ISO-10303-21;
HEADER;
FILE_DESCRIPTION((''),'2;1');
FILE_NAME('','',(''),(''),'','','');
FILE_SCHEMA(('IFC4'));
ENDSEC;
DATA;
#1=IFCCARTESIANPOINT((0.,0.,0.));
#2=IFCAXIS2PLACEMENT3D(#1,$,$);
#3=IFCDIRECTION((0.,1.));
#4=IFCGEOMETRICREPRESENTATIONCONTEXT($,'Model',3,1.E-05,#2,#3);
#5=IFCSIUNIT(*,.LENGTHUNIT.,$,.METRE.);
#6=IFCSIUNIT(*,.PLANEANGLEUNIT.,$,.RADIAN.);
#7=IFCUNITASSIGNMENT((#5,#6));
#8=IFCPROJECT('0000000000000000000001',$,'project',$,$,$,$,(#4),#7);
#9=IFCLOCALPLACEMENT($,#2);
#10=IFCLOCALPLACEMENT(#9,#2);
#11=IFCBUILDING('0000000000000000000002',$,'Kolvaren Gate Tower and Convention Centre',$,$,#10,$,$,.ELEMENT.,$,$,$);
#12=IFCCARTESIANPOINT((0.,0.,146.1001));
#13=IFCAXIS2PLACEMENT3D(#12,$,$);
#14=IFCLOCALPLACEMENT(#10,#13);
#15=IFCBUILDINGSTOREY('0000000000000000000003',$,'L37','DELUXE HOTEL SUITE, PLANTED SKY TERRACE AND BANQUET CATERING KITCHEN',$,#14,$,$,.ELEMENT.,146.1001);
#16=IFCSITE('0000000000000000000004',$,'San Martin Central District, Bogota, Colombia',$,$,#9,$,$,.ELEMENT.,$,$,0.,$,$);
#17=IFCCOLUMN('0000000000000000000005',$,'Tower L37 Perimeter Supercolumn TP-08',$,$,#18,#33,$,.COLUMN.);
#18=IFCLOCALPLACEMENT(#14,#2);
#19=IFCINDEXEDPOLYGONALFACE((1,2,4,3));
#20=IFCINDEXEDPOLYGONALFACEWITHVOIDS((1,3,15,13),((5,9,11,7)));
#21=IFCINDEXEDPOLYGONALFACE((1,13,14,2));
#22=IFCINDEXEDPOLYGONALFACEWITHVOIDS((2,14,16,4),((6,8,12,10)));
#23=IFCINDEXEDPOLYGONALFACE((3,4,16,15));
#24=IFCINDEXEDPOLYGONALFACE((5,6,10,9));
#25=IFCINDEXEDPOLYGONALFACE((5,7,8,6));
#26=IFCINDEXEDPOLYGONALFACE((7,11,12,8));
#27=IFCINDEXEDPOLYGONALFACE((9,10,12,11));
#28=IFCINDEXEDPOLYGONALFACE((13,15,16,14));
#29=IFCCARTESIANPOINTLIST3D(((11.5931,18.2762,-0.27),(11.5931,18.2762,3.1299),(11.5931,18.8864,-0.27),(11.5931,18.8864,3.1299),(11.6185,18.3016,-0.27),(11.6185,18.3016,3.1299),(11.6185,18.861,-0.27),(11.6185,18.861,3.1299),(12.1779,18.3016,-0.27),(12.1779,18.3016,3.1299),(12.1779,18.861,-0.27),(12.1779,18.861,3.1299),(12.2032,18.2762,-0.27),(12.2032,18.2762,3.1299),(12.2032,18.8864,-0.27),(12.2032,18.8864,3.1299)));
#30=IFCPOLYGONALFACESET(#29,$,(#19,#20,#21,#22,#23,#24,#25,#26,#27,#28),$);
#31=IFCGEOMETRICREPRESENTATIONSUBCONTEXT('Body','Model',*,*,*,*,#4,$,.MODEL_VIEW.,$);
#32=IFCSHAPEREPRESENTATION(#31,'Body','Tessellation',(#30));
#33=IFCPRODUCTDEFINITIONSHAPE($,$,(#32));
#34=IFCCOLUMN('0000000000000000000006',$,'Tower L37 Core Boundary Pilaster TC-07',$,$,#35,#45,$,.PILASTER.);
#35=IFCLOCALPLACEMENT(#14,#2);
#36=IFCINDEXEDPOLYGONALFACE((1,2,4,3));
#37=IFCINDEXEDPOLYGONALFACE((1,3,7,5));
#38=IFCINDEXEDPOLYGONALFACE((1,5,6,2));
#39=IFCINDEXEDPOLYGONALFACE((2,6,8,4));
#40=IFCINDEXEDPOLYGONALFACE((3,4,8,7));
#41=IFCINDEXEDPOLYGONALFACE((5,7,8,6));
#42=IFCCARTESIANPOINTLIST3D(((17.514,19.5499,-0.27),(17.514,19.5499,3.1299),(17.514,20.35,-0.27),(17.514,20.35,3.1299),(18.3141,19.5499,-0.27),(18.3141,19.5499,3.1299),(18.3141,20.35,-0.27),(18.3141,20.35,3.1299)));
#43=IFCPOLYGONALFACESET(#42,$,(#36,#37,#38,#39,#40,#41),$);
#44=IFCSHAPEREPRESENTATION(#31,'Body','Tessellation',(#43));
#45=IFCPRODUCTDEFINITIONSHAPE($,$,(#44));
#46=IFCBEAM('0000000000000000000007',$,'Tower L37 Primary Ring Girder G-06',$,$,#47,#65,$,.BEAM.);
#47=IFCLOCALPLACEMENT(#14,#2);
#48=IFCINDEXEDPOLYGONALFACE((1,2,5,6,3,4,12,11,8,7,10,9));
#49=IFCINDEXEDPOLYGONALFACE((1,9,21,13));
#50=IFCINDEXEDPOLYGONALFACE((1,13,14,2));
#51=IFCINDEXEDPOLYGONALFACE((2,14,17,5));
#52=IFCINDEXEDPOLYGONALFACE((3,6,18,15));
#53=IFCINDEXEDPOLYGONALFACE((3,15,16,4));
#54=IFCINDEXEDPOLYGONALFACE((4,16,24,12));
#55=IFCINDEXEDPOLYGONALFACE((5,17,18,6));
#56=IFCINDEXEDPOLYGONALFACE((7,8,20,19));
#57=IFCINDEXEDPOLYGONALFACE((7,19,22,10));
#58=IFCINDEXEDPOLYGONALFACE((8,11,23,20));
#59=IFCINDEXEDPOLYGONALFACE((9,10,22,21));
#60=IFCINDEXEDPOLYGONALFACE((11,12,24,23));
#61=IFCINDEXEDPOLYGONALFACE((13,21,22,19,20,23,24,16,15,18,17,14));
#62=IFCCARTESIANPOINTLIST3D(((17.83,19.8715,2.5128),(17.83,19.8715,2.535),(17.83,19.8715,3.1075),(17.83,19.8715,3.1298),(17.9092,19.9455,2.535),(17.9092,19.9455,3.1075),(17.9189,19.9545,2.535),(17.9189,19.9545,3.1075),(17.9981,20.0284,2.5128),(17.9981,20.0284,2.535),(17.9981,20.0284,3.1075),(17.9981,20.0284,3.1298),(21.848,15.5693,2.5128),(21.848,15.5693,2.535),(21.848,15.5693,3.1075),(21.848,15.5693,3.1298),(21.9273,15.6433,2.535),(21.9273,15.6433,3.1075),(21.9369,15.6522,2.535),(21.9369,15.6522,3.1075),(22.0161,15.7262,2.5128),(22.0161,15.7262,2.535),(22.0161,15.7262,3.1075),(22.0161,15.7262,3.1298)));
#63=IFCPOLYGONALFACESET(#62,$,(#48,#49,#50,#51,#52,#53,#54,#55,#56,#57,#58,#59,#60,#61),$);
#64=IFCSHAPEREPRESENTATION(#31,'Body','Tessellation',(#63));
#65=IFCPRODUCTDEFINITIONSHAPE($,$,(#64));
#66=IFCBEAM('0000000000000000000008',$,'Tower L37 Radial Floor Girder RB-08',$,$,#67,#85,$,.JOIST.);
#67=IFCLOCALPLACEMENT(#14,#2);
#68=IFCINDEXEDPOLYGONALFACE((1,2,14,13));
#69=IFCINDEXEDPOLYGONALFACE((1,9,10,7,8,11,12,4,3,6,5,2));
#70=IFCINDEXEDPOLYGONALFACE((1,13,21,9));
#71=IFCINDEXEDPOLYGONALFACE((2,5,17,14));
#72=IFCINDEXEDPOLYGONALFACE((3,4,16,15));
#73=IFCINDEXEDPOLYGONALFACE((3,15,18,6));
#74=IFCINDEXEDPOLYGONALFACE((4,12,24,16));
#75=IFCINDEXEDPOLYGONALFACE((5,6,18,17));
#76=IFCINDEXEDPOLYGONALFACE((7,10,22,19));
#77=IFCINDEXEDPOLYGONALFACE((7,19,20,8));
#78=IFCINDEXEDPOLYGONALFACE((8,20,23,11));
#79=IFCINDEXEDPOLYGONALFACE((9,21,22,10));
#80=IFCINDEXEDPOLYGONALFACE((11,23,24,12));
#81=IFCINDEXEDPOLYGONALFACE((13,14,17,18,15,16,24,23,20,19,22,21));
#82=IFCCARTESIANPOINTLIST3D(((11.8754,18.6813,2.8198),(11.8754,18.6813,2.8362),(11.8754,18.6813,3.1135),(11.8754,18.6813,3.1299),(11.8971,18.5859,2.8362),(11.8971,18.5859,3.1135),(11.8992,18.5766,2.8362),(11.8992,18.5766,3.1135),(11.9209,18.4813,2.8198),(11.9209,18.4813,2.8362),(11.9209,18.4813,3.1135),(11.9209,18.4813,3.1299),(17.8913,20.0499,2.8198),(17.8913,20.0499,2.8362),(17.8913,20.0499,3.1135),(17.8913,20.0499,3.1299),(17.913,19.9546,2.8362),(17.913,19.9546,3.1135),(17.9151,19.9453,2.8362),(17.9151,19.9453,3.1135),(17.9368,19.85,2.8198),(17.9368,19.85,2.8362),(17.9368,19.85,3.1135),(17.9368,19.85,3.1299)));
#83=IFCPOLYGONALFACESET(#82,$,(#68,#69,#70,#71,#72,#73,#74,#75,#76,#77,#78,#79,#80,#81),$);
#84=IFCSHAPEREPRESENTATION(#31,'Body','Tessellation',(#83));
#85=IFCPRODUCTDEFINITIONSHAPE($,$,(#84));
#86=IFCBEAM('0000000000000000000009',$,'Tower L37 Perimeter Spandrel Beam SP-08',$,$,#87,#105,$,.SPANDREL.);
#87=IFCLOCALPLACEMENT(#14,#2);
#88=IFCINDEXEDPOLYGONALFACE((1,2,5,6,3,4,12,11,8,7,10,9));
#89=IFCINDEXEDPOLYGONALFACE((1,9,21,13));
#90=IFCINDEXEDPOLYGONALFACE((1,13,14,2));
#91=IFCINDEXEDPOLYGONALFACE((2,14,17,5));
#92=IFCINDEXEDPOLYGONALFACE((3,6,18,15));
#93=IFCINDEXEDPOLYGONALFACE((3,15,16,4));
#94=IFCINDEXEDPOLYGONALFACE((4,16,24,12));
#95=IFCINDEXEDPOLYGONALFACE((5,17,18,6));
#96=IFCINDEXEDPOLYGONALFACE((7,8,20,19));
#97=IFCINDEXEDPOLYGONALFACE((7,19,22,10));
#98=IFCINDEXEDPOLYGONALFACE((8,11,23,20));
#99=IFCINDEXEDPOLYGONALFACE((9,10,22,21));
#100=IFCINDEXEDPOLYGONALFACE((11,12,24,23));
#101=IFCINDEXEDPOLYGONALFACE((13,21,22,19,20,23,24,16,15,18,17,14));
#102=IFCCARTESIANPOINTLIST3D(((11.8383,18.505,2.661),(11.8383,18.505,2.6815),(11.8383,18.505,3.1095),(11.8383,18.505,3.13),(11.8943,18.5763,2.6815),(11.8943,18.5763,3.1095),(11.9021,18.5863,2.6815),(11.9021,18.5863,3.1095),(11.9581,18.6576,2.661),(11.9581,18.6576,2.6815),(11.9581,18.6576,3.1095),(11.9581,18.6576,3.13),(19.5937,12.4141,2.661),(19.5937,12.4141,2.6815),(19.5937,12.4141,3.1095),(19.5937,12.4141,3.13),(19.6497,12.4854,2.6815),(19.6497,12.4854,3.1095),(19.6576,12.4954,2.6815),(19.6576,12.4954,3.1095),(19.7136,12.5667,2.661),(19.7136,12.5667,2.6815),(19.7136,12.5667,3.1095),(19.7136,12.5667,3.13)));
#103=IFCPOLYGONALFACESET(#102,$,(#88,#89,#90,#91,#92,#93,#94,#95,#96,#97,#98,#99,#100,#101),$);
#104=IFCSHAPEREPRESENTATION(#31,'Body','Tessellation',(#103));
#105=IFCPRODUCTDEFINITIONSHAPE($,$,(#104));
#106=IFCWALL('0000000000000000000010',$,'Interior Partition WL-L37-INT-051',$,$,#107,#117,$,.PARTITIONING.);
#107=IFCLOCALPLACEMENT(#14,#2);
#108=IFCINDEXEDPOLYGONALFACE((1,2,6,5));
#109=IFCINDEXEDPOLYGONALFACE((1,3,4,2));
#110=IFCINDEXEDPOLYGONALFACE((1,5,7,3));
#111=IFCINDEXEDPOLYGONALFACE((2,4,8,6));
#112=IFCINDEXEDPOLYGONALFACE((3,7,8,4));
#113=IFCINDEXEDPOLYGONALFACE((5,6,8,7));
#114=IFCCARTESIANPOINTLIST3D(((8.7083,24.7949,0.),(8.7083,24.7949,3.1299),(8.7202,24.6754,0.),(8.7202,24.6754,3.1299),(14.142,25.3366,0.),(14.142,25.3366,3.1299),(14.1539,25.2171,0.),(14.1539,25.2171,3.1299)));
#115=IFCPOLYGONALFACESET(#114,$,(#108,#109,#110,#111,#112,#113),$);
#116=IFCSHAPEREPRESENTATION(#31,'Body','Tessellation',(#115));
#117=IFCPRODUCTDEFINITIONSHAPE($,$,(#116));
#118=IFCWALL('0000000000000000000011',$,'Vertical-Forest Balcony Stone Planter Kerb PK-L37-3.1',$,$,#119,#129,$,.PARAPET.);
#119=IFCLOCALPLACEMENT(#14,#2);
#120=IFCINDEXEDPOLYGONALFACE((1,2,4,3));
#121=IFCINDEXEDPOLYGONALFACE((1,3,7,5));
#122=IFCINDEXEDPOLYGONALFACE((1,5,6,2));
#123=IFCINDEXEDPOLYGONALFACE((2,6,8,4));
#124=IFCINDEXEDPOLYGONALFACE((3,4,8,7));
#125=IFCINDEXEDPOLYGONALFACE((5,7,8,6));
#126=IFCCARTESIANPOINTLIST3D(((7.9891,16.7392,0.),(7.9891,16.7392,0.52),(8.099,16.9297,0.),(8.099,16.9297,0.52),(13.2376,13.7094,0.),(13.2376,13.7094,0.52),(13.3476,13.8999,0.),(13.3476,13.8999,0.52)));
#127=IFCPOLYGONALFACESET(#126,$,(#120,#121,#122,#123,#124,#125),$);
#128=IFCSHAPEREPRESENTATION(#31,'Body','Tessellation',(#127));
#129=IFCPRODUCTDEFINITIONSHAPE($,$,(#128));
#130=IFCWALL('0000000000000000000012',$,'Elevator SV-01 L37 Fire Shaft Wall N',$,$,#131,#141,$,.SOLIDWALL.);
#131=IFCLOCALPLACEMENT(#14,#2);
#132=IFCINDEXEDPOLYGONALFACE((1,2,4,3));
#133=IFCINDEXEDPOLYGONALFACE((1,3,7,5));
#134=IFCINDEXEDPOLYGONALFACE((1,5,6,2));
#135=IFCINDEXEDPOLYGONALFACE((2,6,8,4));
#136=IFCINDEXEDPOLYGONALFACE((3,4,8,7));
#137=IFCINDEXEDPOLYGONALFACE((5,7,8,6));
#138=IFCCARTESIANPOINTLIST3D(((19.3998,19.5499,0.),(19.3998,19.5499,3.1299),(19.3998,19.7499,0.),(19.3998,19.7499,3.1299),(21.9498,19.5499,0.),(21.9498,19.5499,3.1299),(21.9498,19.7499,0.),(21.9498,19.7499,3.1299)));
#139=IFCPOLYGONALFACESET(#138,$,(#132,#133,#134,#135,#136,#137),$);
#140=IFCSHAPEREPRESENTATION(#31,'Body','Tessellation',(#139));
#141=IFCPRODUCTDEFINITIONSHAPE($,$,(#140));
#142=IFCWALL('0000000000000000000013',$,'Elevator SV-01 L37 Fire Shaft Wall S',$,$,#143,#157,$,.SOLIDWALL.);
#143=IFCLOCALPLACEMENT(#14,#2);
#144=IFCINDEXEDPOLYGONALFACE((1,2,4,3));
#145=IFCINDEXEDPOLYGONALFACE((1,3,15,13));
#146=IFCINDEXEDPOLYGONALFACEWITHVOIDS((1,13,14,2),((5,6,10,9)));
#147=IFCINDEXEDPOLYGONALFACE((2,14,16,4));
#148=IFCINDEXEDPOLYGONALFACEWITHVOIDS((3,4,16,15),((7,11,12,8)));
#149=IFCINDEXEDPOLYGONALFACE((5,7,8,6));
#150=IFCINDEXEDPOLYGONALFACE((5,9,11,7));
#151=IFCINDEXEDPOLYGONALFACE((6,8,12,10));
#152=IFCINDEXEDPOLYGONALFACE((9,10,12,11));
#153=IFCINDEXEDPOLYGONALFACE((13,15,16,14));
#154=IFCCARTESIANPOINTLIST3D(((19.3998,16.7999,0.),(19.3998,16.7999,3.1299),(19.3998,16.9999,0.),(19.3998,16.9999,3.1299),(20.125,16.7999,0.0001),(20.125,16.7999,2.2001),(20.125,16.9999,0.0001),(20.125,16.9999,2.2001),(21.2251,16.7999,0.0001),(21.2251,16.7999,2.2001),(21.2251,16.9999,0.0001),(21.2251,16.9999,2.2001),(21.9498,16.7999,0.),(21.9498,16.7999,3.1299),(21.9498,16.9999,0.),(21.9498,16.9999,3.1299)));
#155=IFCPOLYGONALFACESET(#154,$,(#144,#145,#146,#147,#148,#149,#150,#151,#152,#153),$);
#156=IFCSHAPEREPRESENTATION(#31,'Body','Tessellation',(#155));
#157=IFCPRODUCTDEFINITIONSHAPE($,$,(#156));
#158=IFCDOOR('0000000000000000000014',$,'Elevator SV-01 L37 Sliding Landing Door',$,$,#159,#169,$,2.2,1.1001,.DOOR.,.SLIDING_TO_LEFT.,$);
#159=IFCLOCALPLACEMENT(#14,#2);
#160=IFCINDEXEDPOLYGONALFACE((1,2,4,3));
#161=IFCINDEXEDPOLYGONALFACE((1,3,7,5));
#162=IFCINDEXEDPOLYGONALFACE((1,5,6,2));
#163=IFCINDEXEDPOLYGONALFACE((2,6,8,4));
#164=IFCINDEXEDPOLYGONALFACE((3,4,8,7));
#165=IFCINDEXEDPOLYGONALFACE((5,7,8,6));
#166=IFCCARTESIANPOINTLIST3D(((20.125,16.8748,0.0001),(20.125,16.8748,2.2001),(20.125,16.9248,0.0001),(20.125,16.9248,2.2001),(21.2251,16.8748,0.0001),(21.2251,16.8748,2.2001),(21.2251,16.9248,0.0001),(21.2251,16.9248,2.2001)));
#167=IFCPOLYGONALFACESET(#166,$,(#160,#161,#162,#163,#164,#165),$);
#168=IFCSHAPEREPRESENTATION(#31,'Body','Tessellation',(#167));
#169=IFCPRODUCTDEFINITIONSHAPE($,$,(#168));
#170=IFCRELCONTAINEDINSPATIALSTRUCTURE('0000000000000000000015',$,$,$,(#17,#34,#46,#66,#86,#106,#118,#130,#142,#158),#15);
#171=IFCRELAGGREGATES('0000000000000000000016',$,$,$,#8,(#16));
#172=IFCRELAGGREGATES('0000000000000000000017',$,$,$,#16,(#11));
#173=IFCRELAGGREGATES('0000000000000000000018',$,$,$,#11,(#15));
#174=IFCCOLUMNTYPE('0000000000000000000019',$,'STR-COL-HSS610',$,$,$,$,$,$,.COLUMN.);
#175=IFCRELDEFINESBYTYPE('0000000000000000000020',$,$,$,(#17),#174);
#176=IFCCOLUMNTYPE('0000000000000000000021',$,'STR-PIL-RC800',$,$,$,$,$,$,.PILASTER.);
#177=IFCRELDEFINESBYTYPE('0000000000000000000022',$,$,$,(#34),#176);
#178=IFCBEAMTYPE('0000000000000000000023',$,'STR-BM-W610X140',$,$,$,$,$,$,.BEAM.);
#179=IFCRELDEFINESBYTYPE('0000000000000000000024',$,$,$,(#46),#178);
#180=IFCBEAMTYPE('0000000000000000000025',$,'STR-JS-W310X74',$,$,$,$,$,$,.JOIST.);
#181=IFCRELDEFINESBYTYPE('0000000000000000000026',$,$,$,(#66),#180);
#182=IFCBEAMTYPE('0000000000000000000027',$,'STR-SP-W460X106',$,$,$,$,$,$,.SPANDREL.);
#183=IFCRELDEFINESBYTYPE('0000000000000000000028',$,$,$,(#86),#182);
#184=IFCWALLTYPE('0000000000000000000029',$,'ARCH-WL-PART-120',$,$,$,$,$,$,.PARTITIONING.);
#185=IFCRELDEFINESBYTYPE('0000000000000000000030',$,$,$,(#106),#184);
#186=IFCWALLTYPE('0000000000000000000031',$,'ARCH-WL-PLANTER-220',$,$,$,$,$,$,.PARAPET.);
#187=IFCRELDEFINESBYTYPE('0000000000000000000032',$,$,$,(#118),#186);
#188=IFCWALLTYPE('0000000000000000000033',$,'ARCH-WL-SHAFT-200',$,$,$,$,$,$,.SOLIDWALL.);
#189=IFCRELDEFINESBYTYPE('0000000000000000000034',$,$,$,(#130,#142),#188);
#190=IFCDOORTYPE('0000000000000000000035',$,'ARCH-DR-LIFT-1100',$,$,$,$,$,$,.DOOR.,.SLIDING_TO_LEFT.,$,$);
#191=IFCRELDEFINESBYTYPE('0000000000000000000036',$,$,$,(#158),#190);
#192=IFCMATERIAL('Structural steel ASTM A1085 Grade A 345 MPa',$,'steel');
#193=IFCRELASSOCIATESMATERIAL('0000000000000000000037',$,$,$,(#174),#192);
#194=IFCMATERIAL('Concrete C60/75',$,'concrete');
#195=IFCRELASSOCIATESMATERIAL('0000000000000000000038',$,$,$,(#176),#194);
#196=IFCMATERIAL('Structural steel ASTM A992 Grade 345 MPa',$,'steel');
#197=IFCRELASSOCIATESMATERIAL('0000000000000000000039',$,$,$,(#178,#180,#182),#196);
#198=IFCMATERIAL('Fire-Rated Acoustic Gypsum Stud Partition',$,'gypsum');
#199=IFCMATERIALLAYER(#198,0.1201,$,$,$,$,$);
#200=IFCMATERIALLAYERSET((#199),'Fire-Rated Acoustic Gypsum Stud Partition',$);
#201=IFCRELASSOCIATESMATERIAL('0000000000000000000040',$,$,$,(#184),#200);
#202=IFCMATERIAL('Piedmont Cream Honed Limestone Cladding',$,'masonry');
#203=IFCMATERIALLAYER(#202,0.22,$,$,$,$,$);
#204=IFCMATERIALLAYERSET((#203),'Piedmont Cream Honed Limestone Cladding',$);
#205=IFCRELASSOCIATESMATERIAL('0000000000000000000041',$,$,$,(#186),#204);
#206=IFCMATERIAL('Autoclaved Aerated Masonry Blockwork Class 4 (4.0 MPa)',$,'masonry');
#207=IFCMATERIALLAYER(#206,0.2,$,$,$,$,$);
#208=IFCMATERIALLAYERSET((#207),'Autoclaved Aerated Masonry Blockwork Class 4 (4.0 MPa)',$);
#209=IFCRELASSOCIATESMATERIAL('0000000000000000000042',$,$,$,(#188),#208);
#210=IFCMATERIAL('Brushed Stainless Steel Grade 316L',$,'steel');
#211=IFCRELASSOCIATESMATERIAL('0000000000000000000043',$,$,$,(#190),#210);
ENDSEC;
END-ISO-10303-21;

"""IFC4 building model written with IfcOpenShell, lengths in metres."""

from ifc_helpers import new_model, si_unit, direction, frame, frame_2d, origin, origin_2d, place, context, subcontext, project, spatial, rectangle, hollow_rectangle, i_section, extrude, material, layer, layer_set, material_profile, profile_set, type_object, element, fill, save


model = new_model("IFC4")

# Units and contexts
model_context = context("Model", 3, precision=1e-05, world=origin(), true_north=direction((0.0, 1.0)))
body_context = subcontext(model_context, "Body", "Model", "MODEL_VIEW")
ifc_project = project(units=[si_unit("LENGTHUNIT", "METRE"), si_unit("PLANEANGLEUNIT", "RADIAN")], contexts=[model_context])

# Site, building, storey
site_placement = place(None, origin())
site = spatial("IfcSite", under=ifc_project, at=site_placement, Name="San Martin Central District, Bogota, Colombia", CompositionType="ELEMENT", RefElevation=0.0)
building_placement = place(site_placement, origin())
building = spatial("IfcBuilding", under=site, at=building_placement, Name="Kolvaren Gate Tower and Convention Centre", CompositionType="ELEMENT")
storey_placement = place(building_placement, frame((0.0, 0.0, 146.1001)))
storey = spatial("IfcBuildingStorey", under=building, at=storey_placement, Name="L37", Description="DELUXE HOTEL SUITE, PLANTED SKY TERRACE AND BANQUET CATERING KITCHEN", CompositionType="ELEMENT", Elevation=146.1001)

# Columns
ifc_material_1 = material(Name="Structural steel ASTM A1085 Grade A 345 MPa", Category="steel")
ifc_material_profile_1 = material_profile(ifc_material_1, hollow_rectangle(XDim=0.6101, YDim=0.6101, WallThickness=0.0254, at=origin_2d()), Name="HSS610X610X25.4")
ifc_profile_set_1 = profile_set([ifc_material_profile_1], Name="Structural steel ASTM A1085 Grade A 345 MPa")
column_type_1 = type_object("IfcColumnType", Name="STR-COL-HSS610", PredefinedType="COLUMN", material=ifc_profile_set_1)
column_1_placement = place(storey_placement, frame((11.8982, 18.5813, -0.27), z_axis=(0.0, 0.0, 1.0), x_axis=(1.0, 0.0, 0.0)))
element("IfcColumn", 1, at=column_1_placement, inside=storey, type_object=column_type_1, Name="Tower L37 Perimeter Supercolumn TP-08", PredefinedType="COLUMN", context=body_context, shape_type="SweptSolid", body=[
    extrude(hollow_rectangle(XDim=0.6101, YDim=0.6101, WallThickness=0.0254, at=origin_2d()), origin(), (0.0, 0.0, 1.0), 3.3999),
])
ifc_material_2 = material(Name="Concrete C60/75", Category="concrete")
ifc_material_profile_2 = material_profile(ifc_material_2, rectangle(XDim=0.8, YDim=0.8, at=origin_2d()), Name="RC-COL-800X800")
ifc_profile_set_2 = profile_set([ifc_material_profile_2], Name="Concrete C60/75")
column_type_2 = type_object("IfcColumnType", Name="STR-PIL-RC800", PredefinedType="PILASTER", material=ifc_profile_set_2)
column_2_placement = place(storey_placement, frame((17.9141, 19.95, -0.27), z_axis=(0.0, 0.0, 1.0), x_axis=(1.0, 0.0, 0.0)))
element("IfcColumn", 2, at=column_2_placement, inside=storey, type_object=column_type_2, Name="Tower L37 Core Boundary Pilaster TC-07", PredefinedType="PILASTER", context=body_context, shape_type="SweptSolid", body=[
    extrude(rectangle(XDim=0.8, YDim=0.8, at=origin_2d()), origin(), (0.0, 0.0, 1.0), 3.3999),
])

# Beams
ifc_material_3 = material(Name="Structural steel ASTM A992 Grade 345 MPa", Category="steel")
ifc_material_profile_3 = material_profile(ifc_material_3, i_section(OverallWidth=0.23, OverallDepth=0.6169, WebThickness=0.0132, FlangeThickness=0.0222, at=origin_2d()), Name="W610X140")
ifc_profile_set_3 = profile_set([ifc_material_profile_3], Name="Structural steel ASTM A992 Grade 345 MPa")
beam_type_1 = type_object("IfcBeamType", Name="STR-BM-W610X140", PredefinedType="BEAM", material=ifc_profile_set_3)
beam_1_placement = place(storey_placement, frame((17.9141, 19.95, 2.8213), z_axis=(0.682558, -0.730832, 0.0), x_axis=(0.730832, 0.682558, 0.0)))
element("IfcBeam", 3, at=beam_1_placement, inside=storey, type_object=beam_type_1, Name="Tower L37 Primary Ring Girder G-06", PredefinedType="BEAM", context=body_context, shape_type="SweptSolid", body=[
    extrude(i_section(OverallWidth=0.23, OverallDepth=0.6169, WebThickness=0.0132, FlangeThickness=0.0222, at=origin_2d()), origin(), (0.0, 0.0, 1.0), 5.8867),
])
ifc_material_profile_4 = material_profile(ifc_material_3, i_section(OverallWidth=0.2051, OverallDepth=0.3101, WebThickness=0.0095, FlangeThickness=0.0164, at=origin_2d()), Name="W310X74")
ifc_profile_set_4 = profile_set([ifc_material_profile_4], Name="Structural steel ASTM A992 Grade 345 MPa")
beam_type_2 = type_object("IfcBeamType", Name="STR-JS-W310X74", PredefinedType="JOIST", material=ifc_profile_set_4)
beam_2_placement = place(storey_placement, frame((17.9141, 19.95, 2.9749), z_axis=(-0.975083, -0.221838, 0.0), x_axis=(0.221838, -0.975083, 0.0)))
element("IfcBeam", 4, at=beam_2_placement, inside=storey, type_object=beam_type_2, Name="Tower L37 Radial Floor Girder RB-08", PredefinedType="JOIST", context=body_context, shape_type="SweptSolid", body=[
    extrude(i_section(OverallWidth=0.2051, OverallDepth=0.3101, WebThickness=0.0095, FlangeThickness=0.0164, at=origin_2d()), origin(), (0.0, 0.0, 1.0), 6.1697),
])
ifc_material_profile_5 = material_profile(ifc_material_3, i_section(OverallWidth=0.1941, OverallDepth=0.469, WebThickness=0.0127, FlangeThickness=0.0205, at=origin_2d()), Name="W460X106")
ifc_profile_set_5 = profile_set([ifc_material_profile_5], Name="Structural steel ASTM A992 Grade 345 MPa")
beam_type_3 = type_object("IfcBeamType", Name="STR-SP-W460X106", PredefinedType="SPANDREL", material=ifc_profile_set_5)
beam_3_placement = place(storey_placement, frame((11.8982, 18.5813, 2.8955), z_axis=(0.786451, -0.617653, 0.0), x_axis=(0.617653, 0.786451, 0.0)))
element("IfcBeam", 5, at=beam_3_placement, inside=storey, type_object=beam_type_3, Name="Tower L37 Perimeter Spandrel Beam SP-08", PredefinedType="SPANDREL", context=body_context, shape_type="SweptSolid", body=[
    extrude(i_section(OverallWidth=0.1941, OverallDepth=0.469, WebThickness=0.0127, FlangeThickness=0.0205, at=origin_2d()), origin(), (0.0, 0.0, 1.0), 9.8613),
])

# Walls
ifc_material_4 = material(Name="Fire-Rated Acoustic Gypsum Stud Partition", Category="gypsum")
ifc_layer_1 = layer(ifc_material_4, 0.1201)
ifc_layer_set_1 = layer_set([ifc_layer_1], Name="Fire-Rated Acoustic Gypsum Stud Partition")
wall_type_1 = type_object("IfcWallType", Name="ARCH-WL-PART-120", PredefinedType="PARTITIONING", material=ifc_layer_set_1)
wall_1_placement = place(storey_placement, frame((8.7141, 24.7351, 0.0), z_axis=(0.0, 0.0, 1.0), x_axis=(0.995067, 0.099207, 0.0)))
element("IfcWall", 6, at=wall_1_placement, inside=storey, type_object=wall_type_1, Name="Interior Partition WL-L37-INT-051", PredefinedType="PARTITIONING", context=body_context, shape_type="SweptSolid", body=[
    extrude(rectangle(XDim=5.4607, YDim=0.1201, at=frame_2d((2.7305, 0.0))), origin(), (0.0, 0.0, 1.0), 3.1299),
])
ifc_material_5 = material(Name="Piedmont Cream Honed Limestone Cladding", Category="masonry")
ifc_layer_2 = layer(ifc_material_5, 0.22)
ifc_layer_set_2 = layer_set([ifc_layer_2], Name="Piedmont Cream Honed Limestone Cladding")
wall_type_2 = type_object("IfcWallType", Name="ARCH-WL-PLANTER-220", PredefinedType="PARAPET", material=ifc_layer_set_2)
wall_2_placement = place(storey_placement, frame((8.0439, 16.8345, 0.0), z_axis=(0.0, 0.0, 1.0), x_axis=(0.866058, -0.499943, 0.0)))
element("IfcWall", 7, at=wall_2_placement, inside=storey, type_object=wall_type_2, Name="Vertical-Forest Balcony Stone Planter Kerb PK-L37-3.1", PredefinedType="PARAPET", context=body_context, shape_type="SweptSolid", body=[
    extrude(rectangle(XDim=6.0603, YDim=0.22, at=frame_2d((3.0303, 0.0))), origin(), (0.0, 0.0, 1.0), 0.52),
])
ifc_material_6 = material(Name="Autoclaved Aerated Masonry Blockwork Class 4 (4.0 MPa)", Category="masonry")
ifc_layer_3 = layer(ifc_material_6, 0.2)
ifc_layer_set_3 = layer_set([ifc_layer_3], Name="Autoclaved Aerated Masonry Blockwork Class 4 (4.0 MPa)")
wall_type_3 = type_object("IfcWallType", Name="ARCH-WL-SHAFT-200", PredefinedType="SOLIDWALL", material=ifc_layer_set_3)
wall_3_placement = place(storey_placement, frame((19.3999, 19.6499, 0.0), z_axis=(0.0, 0.0, 1.0), x_axis=(1.0, 0.0, 0.0)))
element("IfcWall", 8, at=wall_3_placement, inside=storey, type_object=wall_type_3, Name="Elevator SV-01 L37 Fire Shaft Wall N", PredefinedType="SOLIDWALL", context=body_context, shape_type="SweptSolid", body=[
    extrude(rectangle(XDim=2.55, YDim=0.2, at=frame_2d((1.2749, 0.0))), origin(), (0.0, 0.0, 1.0), 3.1299),
])

# Wall, opening, door
wall_4_placement = place(storey_placement, frame((19.3999, 16.8999, 0.0), z_axis=(0.0, 0.0, 1.0), x_axis=(1.0, 0.0, 0.0)))
wall_4 = element("IfcWall", 9, at=wall_4_placement, inside=storey, type_object=wall_type_3, Name="Elevator SV-01 L37 Fire Shaft Wall S", PredefinedType="SOLIDWALL", context=body_context, shape_type="SweptSolid", body=[
    extrude(rectangle(XDim=2.55, YDim=0.2, at=frame_2d((1.2749, 0.0))), origin(), (0.0, 0.0, 1.0), 3.1299),
])
opening_1_placement = place(wall_4_placement, frame((0.7251, 0.0, 0.0)))
opening_1 = element("IfcOpeningElement", 10, at=opening_1_placement, cuts=wall_4, PredefinedType="OPENING", context=body_context, shape_type="SweptSolid", body=[
    extrude(rectangle(XDim=1.1001, YDim=2.2, at=frame_2d((0.55, 1.1001))), frame((0.0, 0.1099, 0.0), z_axis=(0.0, -1.0, 0.0), x_axis=(1.0, 0.0, 0.0)), (0.0, 0.0, 1.0), 0.22),
])
ifc_material_7 = material(Name="Brushed Stainless Steel Grade 316L", Category="steel")
door_type = type_object("IfcDoorType", Name="ARCH-DR-LIFT-1100", OperationType="SLIDING_TO_LEFT", PredefinedType="DOOR", material=ifc_material_7)
door_placement = place(opening_1_placement, origin())
door = element("IfcDoor", 11, at=door_placement, inside=storey, type_object=door_type, Name="Elevator SV-01 L37 Sliding Landing Door", OperationType="SLIDING_TO_LEFT", OverallHeight=2.2, OverallWidth=1.1001, PredefinedType="DOOR", context=body_context, shape_type="SweptSolid", body=[
    extrude(rectangle(XDim=1.1001, YDim=2.2, at=frame_2d((0.55, 1.1001))), frame((0.0, 0.0249, 0.0), z_axis=(0.0, -1.0, 0.0), x_axis=(1.0, 0.0, 0.0)), (0.0, 0.0, 1.0), 0.05),
])
fill(opening_1, door)

save(model, "model.ifc")
